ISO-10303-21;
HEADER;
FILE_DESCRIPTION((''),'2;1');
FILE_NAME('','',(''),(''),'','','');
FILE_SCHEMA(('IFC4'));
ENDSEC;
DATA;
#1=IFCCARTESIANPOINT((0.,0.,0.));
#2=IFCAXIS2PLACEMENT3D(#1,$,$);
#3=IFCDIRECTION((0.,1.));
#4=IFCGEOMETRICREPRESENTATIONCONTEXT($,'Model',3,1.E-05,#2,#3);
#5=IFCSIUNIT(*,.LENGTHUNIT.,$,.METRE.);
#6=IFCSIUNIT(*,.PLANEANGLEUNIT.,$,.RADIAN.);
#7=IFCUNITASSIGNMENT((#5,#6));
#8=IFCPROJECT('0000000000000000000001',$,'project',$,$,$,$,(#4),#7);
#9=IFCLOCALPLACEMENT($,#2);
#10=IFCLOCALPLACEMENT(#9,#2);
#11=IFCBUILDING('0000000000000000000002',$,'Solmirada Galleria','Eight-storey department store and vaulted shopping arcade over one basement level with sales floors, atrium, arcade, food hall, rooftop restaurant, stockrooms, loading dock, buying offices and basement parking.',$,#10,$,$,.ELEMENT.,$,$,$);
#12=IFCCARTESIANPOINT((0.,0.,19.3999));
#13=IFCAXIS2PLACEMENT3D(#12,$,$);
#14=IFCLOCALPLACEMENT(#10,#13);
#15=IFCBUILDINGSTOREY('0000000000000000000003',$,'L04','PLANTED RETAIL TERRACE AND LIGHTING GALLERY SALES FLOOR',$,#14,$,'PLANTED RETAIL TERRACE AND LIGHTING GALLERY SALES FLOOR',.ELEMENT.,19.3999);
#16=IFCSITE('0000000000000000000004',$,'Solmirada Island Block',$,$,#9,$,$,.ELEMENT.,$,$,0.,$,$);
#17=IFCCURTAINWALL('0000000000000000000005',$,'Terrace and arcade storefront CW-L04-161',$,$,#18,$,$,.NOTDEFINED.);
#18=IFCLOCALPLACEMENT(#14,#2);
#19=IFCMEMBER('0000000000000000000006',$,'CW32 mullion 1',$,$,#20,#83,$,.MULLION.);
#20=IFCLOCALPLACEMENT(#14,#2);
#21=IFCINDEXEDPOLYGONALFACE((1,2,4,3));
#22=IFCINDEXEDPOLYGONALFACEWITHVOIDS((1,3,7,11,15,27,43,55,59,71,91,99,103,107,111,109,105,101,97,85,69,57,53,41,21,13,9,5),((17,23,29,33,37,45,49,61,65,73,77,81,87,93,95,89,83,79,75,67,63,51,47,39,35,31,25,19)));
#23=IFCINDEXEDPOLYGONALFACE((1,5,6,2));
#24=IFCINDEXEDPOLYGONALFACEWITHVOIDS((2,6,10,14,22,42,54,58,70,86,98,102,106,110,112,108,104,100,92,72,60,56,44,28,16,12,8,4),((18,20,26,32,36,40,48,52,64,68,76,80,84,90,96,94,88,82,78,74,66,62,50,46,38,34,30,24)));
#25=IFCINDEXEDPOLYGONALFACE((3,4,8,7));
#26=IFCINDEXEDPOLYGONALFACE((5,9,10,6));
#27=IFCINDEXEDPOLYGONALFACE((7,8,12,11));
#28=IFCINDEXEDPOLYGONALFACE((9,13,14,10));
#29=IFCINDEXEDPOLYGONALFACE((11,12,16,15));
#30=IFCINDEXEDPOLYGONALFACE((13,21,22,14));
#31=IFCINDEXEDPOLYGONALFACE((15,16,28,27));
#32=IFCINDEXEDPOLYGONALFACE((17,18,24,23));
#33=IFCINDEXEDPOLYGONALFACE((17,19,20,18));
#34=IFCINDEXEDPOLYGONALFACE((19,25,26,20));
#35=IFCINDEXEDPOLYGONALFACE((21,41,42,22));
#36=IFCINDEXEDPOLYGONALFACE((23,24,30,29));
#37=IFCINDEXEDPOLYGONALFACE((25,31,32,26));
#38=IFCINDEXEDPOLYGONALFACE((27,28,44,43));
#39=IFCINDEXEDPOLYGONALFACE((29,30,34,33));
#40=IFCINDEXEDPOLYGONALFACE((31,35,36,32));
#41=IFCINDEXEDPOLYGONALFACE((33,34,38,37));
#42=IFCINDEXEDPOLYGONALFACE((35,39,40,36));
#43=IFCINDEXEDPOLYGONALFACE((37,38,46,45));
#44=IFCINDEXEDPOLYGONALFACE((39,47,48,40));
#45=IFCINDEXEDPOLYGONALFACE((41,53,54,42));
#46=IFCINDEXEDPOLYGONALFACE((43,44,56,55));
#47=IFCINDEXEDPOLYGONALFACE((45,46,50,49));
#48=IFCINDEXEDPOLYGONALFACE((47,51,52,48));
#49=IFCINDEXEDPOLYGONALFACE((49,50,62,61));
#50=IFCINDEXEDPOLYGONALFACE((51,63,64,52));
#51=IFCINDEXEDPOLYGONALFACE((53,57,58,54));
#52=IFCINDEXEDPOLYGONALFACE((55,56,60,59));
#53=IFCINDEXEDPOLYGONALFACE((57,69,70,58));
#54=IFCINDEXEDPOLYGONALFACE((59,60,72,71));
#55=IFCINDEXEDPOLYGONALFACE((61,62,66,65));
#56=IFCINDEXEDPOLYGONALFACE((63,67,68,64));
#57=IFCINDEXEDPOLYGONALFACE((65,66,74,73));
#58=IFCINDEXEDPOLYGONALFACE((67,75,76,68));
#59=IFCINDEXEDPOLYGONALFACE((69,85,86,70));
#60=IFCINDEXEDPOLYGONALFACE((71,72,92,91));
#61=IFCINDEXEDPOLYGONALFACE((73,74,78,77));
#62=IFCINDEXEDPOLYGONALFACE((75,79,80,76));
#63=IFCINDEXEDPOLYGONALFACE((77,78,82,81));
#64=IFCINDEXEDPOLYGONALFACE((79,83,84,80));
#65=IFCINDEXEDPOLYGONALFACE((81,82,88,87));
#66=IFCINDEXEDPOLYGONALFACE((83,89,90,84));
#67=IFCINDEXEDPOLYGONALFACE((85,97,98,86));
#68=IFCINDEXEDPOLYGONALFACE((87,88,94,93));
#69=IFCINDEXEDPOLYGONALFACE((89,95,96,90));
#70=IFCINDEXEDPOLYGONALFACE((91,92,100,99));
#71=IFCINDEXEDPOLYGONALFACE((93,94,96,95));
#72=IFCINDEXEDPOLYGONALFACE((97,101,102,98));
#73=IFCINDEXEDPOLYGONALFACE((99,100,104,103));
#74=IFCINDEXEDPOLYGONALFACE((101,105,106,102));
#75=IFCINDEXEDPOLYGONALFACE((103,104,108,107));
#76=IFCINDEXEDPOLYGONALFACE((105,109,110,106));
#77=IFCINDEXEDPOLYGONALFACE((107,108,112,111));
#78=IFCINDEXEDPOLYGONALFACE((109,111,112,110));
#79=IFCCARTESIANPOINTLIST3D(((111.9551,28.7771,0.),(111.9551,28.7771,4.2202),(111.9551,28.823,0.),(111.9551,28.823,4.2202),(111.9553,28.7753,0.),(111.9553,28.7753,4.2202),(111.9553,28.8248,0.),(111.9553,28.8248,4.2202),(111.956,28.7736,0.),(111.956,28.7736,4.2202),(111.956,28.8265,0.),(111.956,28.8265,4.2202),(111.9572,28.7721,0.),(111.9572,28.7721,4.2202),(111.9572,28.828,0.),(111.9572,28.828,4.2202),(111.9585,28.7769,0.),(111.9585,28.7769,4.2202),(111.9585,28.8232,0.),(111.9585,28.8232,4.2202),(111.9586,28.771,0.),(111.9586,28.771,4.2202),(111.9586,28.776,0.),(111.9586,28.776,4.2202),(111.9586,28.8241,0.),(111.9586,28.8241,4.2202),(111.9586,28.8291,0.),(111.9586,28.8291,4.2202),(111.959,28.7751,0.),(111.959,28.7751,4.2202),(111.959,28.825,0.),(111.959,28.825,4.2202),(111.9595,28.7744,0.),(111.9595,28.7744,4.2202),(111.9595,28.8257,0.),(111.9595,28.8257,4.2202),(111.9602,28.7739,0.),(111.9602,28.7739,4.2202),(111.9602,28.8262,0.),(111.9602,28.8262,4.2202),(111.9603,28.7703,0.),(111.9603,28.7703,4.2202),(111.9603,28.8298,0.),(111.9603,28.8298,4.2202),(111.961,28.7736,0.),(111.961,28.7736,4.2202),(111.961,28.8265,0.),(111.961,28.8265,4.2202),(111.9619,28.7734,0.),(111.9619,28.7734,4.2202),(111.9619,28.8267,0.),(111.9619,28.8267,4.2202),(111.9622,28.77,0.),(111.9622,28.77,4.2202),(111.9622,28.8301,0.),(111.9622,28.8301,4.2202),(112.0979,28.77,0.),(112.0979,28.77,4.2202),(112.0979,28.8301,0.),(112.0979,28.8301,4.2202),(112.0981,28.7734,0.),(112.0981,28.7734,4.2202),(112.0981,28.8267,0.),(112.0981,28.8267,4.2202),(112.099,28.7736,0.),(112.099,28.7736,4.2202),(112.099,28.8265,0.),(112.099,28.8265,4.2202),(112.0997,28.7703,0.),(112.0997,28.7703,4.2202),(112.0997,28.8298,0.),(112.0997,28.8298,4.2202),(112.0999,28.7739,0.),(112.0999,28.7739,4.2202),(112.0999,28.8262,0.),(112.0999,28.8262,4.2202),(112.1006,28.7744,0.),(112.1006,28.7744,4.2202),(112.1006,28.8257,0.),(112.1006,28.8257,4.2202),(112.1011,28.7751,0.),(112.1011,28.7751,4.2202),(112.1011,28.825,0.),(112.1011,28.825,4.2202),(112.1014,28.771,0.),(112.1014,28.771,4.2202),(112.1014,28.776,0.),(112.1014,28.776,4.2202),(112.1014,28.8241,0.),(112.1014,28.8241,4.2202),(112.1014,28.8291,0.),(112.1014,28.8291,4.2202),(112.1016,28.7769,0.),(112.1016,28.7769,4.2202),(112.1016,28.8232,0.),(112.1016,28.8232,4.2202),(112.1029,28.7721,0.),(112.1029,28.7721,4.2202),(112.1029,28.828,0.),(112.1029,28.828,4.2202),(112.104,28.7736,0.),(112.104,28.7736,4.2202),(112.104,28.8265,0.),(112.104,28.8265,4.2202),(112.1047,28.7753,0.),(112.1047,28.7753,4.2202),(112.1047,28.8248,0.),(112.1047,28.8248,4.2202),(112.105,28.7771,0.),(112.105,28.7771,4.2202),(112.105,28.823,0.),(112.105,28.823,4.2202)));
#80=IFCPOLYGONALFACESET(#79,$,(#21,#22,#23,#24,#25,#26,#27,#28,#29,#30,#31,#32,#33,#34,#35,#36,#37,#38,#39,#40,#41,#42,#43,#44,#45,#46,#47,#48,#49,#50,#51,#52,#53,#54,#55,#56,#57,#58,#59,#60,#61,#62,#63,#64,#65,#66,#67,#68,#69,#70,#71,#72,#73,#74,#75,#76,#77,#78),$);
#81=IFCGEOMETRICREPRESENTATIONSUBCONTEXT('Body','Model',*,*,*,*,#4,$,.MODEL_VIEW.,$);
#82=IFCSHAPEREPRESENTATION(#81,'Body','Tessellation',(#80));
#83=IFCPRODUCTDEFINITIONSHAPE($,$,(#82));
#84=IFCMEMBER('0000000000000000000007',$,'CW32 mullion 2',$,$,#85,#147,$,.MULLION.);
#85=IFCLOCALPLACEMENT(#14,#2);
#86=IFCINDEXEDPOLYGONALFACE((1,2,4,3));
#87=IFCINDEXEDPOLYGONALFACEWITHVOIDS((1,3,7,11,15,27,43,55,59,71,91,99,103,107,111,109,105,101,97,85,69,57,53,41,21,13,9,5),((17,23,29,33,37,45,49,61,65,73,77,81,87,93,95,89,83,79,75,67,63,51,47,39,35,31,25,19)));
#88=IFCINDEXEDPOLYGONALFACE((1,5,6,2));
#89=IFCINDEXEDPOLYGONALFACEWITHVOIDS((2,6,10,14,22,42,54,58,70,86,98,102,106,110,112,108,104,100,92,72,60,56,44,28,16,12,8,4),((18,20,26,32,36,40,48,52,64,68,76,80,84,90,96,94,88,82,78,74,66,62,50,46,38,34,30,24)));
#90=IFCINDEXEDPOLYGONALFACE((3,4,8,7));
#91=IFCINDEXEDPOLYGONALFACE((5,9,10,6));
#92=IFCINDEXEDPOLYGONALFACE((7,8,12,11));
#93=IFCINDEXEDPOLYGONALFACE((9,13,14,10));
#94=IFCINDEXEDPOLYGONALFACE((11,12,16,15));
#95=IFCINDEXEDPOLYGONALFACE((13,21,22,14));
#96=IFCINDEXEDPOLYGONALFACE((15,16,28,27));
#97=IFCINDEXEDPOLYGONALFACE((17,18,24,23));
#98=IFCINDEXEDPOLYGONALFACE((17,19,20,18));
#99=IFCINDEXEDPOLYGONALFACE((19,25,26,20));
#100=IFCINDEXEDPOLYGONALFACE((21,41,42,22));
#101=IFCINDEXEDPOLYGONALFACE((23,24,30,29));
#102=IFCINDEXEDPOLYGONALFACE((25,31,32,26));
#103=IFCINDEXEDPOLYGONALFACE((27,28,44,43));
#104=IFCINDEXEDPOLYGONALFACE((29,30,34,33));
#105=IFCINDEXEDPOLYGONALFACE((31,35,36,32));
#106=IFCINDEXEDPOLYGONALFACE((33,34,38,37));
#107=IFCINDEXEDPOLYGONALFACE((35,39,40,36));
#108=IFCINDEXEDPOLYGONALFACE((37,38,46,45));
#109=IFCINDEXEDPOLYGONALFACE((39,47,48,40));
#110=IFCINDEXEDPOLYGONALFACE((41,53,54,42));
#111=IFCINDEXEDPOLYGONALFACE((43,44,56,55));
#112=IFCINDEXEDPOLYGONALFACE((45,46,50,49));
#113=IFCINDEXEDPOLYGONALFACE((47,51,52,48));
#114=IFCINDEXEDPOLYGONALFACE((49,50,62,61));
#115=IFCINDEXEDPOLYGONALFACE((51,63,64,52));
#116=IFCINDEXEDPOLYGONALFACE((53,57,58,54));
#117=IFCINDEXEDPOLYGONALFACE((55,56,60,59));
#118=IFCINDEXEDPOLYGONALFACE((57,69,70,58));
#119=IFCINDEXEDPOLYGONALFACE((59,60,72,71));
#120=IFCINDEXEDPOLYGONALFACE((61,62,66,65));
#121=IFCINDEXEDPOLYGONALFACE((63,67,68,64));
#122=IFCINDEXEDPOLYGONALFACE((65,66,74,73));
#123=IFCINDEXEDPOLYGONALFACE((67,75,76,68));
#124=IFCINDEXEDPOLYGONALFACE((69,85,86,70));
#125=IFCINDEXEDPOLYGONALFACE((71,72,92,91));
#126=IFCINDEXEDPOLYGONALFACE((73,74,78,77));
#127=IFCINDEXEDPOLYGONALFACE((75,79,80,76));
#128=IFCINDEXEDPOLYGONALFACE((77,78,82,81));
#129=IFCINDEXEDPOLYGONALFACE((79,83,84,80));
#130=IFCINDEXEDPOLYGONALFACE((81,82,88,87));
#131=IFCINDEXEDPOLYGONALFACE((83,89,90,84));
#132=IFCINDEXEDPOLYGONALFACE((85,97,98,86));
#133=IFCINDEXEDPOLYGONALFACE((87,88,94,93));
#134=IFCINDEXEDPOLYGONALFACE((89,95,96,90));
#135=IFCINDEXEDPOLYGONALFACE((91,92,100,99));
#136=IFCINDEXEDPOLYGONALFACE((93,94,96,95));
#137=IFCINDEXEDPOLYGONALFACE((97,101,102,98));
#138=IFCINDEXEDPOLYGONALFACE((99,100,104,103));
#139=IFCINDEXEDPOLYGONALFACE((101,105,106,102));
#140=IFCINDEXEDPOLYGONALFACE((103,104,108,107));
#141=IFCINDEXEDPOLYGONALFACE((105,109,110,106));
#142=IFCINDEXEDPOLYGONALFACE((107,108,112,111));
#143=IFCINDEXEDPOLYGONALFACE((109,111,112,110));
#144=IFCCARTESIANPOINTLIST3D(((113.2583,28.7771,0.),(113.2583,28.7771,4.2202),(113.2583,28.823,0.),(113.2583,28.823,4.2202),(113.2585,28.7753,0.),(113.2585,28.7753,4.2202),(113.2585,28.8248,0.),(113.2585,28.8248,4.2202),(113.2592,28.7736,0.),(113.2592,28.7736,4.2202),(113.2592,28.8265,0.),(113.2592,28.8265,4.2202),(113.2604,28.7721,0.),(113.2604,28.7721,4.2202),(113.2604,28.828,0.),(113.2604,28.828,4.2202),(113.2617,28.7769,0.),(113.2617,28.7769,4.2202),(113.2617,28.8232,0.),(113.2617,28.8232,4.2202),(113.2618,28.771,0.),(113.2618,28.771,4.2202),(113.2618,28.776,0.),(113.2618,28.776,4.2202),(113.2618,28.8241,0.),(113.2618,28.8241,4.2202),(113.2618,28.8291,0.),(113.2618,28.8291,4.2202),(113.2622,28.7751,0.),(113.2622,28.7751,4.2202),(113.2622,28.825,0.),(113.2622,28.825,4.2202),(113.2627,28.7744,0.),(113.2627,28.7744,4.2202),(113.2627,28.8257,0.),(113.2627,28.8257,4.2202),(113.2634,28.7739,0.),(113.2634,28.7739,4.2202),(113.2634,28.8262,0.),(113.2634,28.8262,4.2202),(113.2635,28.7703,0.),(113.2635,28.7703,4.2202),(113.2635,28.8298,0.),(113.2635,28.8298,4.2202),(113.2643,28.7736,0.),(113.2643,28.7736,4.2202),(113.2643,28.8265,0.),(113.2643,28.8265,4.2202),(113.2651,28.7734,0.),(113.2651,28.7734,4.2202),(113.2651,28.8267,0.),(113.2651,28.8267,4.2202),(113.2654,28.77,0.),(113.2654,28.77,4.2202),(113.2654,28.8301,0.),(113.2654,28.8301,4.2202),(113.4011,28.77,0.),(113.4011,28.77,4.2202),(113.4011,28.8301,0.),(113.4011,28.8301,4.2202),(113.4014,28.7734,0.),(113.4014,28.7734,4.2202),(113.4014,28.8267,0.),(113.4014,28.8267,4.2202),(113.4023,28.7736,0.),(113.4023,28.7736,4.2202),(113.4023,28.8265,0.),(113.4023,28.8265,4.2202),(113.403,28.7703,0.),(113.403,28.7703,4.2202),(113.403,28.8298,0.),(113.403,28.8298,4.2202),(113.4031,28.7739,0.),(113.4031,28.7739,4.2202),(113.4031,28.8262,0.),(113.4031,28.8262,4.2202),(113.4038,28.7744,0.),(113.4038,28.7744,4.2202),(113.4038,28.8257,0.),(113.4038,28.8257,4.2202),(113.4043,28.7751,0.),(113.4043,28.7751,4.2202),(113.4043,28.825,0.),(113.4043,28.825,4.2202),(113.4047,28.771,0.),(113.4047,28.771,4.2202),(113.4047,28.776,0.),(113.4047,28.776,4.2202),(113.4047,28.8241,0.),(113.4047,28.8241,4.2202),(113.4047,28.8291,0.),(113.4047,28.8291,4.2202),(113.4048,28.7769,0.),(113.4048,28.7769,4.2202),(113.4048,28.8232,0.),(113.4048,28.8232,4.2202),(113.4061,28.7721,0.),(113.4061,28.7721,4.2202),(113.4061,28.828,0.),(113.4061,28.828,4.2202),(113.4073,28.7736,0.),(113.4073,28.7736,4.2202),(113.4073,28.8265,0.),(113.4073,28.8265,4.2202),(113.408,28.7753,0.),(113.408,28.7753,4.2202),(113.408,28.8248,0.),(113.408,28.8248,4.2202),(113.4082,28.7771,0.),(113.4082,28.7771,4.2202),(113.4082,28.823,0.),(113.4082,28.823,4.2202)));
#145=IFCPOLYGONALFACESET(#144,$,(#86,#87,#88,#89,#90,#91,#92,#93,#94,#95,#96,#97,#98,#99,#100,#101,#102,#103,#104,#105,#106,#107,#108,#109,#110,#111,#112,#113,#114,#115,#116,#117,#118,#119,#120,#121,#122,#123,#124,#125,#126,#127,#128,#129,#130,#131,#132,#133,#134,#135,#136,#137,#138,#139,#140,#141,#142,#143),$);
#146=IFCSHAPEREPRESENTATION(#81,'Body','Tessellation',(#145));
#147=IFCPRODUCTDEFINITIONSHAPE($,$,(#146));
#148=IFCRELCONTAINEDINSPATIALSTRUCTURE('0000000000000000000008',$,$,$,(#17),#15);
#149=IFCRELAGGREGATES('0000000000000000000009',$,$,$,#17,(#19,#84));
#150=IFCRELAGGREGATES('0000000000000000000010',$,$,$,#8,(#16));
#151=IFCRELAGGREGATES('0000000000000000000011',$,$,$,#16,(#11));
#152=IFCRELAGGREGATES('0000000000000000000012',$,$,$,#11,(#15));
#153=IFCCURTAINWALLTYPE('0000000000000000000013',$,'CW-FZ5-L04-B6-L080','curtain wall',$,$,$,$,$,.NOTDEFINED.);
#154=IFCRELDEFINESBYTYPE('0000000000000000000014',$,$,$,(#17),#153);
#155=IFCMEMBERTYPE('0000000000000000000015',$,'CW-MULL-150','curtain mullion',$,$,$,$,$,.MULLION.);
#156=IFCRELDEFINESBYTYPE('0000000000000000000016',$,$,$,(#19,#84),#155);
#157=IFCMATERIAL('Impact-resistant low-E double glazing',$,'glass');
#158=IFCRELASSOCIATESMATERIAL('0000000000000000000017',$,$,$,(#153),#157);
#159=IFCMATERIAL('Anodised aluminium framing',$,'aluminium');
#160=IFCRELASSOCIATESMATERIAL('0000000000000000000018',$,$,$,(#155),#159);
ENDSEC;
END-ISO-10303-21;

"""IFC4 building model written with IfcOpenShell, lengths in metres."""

from ifc_helpers import new_model, si_unit, direction, frame, origin, origin_2d, place, context, subcontext, project, spatial, hollow_rectangle, extrude, material, material_profile, profile_set, type_object, element, aggregate, save


model = new_model("IFC4")

# Units and contexts
model_context = context("Model", 3, precision=1e-05, world=origin(), true_north=direction((0.0, 1.0)))
body_context = subcontext(model_context, "Body", "Model", "MODEL_VIEW")
ifc_project = project(units=[si_unit("LENGTHUNIT", "METRE"), si_unit("PLANEANGLEUNIT", "RADIAN")], contexts=[model_context])

# Site, building, storey
site_placement = place(None, origin())
site = spatial("IfcSite", under=ifc_project, at=site_placement, Name="Solmirada Island Block", CompositionType="ELEMENT", RefElevation=0.0)
building_placement = place(site_placement, origin())
building = spatial("IfcBuilding", under=site, at=building_placement, Name="Solmirada Galleria", Description="Eight-storey department store and vaulted shopping arcade over one basement level with sales floors, atrium, arcade, food hall, rooftop restaurant, stockrooms, loading dock, buying offices and basement parking.", CompositionType="ELEMENT")
storey_placement = place(building_placement, frame((0.0, 0.0, 19.3999)))
storey = spatial("IfcBuildingStorey", under=building, at=storey_placement, Name="L04", Description="PLANTED RETAIL TERRACE AND LIGHTING GALLERY SALES FLOOR", LongName="PLANTED RETAIL TERRACE AND LIGHTING GALLERY SALES FLOOR", CompositionType="ELEMENT", Elevation=19.3999)

# Shared definitions
ifc_material_1 = material(Name="Impact-resistant low-E double glazing", Category="glass")
curtain_wall_type = type_object("IfcCurtainWallType", Name="CW-FZ5-L04-B6-L080", Description="curtain wall", PredefinedType="NOTDEFINED", material=ifc_material_1)
ifc_material_2 = material(Name="Anodised aluminium framing", Category="aluminium")
ifc_material_profile_1 = material_profile(ifc_material_2, hollow_rectangle(XDim=0.0601, YDim=0.1499, WallThickness=0.0034, InnerFilletRadius=0.0034, OuterFilletRadius=0.0071, at=origin_2d()), Name="ALU-MULL-150X60")
ifc_profile_set_1 = profile_set([ifc_material_profile_1], Name="Anodised aluminium framing")
member_type_1 = type_object("IfcMemberType", Name="CW-MULL-150", Description="curtain mullion", PredefinedType="MULLION", material=ifc_profile_set_1)

# Curtain wall, members
curtain_wall_1_placement = place(storey_placement, origin())
curtain_wall_1 = element("IfcCurtainWall", 1, at=curtain_wall_1_placement, inside=storey, type_object=curtain_wall_type, Name="Terrace and arcade storefront CW-L04-161", PredefinedType="NOTDEFINED")
member_1_placement = place(storey_placement, frame((112.03, 28.8, 0.0), z_axis=(0.0, 0.0, 1.0), x_axis=(0.0, 1.0, 0.0)))
member_1 = element("IfcMember", 2, at=member_1_placement, type_object=member_type_1, Name="CW32 mullion 1", PredefinedType="MULLION", context=body_context, shape_type="SweptSolid", body=[
    extrude(hollow_rectangle(XDim=0.0601, YDim=0.1499, WallThickness=0.0034, InnerFilletRadius=0.0034, OuterFilletRadius=0.0071, at=origin_2d()), origin(), (0.0, 0.0, 1.0), 4.2202),
])
member_2_placement = place(storey_placement, frame((113.3333, 28.8, 0.0), z_axis=(0.0, 0.0, 1.0), x_axis=(0.0, 1.0, 0.0)))
member_2 = element("IfcMember", 3, at=member_2_placement, type_object=member_type_1, Name="CW32 mullion 2", PredefinedType="MULLION", context=body_context, shape_type="SweptSolid", body=[
    extrude(hollow_rectangle(XDim=0.0601, YDim=0.1499, WallThickness=0.0034, InnerFilletRadius=0.0034, OuterFilletRadius=0.0071, at=origin_2d()), origin(), (0.0, 0.0, 1.0), 4.2202),
])

aggregate(curtain_wall_1, [member_1, member_2])

save(model, "model.ifc")
